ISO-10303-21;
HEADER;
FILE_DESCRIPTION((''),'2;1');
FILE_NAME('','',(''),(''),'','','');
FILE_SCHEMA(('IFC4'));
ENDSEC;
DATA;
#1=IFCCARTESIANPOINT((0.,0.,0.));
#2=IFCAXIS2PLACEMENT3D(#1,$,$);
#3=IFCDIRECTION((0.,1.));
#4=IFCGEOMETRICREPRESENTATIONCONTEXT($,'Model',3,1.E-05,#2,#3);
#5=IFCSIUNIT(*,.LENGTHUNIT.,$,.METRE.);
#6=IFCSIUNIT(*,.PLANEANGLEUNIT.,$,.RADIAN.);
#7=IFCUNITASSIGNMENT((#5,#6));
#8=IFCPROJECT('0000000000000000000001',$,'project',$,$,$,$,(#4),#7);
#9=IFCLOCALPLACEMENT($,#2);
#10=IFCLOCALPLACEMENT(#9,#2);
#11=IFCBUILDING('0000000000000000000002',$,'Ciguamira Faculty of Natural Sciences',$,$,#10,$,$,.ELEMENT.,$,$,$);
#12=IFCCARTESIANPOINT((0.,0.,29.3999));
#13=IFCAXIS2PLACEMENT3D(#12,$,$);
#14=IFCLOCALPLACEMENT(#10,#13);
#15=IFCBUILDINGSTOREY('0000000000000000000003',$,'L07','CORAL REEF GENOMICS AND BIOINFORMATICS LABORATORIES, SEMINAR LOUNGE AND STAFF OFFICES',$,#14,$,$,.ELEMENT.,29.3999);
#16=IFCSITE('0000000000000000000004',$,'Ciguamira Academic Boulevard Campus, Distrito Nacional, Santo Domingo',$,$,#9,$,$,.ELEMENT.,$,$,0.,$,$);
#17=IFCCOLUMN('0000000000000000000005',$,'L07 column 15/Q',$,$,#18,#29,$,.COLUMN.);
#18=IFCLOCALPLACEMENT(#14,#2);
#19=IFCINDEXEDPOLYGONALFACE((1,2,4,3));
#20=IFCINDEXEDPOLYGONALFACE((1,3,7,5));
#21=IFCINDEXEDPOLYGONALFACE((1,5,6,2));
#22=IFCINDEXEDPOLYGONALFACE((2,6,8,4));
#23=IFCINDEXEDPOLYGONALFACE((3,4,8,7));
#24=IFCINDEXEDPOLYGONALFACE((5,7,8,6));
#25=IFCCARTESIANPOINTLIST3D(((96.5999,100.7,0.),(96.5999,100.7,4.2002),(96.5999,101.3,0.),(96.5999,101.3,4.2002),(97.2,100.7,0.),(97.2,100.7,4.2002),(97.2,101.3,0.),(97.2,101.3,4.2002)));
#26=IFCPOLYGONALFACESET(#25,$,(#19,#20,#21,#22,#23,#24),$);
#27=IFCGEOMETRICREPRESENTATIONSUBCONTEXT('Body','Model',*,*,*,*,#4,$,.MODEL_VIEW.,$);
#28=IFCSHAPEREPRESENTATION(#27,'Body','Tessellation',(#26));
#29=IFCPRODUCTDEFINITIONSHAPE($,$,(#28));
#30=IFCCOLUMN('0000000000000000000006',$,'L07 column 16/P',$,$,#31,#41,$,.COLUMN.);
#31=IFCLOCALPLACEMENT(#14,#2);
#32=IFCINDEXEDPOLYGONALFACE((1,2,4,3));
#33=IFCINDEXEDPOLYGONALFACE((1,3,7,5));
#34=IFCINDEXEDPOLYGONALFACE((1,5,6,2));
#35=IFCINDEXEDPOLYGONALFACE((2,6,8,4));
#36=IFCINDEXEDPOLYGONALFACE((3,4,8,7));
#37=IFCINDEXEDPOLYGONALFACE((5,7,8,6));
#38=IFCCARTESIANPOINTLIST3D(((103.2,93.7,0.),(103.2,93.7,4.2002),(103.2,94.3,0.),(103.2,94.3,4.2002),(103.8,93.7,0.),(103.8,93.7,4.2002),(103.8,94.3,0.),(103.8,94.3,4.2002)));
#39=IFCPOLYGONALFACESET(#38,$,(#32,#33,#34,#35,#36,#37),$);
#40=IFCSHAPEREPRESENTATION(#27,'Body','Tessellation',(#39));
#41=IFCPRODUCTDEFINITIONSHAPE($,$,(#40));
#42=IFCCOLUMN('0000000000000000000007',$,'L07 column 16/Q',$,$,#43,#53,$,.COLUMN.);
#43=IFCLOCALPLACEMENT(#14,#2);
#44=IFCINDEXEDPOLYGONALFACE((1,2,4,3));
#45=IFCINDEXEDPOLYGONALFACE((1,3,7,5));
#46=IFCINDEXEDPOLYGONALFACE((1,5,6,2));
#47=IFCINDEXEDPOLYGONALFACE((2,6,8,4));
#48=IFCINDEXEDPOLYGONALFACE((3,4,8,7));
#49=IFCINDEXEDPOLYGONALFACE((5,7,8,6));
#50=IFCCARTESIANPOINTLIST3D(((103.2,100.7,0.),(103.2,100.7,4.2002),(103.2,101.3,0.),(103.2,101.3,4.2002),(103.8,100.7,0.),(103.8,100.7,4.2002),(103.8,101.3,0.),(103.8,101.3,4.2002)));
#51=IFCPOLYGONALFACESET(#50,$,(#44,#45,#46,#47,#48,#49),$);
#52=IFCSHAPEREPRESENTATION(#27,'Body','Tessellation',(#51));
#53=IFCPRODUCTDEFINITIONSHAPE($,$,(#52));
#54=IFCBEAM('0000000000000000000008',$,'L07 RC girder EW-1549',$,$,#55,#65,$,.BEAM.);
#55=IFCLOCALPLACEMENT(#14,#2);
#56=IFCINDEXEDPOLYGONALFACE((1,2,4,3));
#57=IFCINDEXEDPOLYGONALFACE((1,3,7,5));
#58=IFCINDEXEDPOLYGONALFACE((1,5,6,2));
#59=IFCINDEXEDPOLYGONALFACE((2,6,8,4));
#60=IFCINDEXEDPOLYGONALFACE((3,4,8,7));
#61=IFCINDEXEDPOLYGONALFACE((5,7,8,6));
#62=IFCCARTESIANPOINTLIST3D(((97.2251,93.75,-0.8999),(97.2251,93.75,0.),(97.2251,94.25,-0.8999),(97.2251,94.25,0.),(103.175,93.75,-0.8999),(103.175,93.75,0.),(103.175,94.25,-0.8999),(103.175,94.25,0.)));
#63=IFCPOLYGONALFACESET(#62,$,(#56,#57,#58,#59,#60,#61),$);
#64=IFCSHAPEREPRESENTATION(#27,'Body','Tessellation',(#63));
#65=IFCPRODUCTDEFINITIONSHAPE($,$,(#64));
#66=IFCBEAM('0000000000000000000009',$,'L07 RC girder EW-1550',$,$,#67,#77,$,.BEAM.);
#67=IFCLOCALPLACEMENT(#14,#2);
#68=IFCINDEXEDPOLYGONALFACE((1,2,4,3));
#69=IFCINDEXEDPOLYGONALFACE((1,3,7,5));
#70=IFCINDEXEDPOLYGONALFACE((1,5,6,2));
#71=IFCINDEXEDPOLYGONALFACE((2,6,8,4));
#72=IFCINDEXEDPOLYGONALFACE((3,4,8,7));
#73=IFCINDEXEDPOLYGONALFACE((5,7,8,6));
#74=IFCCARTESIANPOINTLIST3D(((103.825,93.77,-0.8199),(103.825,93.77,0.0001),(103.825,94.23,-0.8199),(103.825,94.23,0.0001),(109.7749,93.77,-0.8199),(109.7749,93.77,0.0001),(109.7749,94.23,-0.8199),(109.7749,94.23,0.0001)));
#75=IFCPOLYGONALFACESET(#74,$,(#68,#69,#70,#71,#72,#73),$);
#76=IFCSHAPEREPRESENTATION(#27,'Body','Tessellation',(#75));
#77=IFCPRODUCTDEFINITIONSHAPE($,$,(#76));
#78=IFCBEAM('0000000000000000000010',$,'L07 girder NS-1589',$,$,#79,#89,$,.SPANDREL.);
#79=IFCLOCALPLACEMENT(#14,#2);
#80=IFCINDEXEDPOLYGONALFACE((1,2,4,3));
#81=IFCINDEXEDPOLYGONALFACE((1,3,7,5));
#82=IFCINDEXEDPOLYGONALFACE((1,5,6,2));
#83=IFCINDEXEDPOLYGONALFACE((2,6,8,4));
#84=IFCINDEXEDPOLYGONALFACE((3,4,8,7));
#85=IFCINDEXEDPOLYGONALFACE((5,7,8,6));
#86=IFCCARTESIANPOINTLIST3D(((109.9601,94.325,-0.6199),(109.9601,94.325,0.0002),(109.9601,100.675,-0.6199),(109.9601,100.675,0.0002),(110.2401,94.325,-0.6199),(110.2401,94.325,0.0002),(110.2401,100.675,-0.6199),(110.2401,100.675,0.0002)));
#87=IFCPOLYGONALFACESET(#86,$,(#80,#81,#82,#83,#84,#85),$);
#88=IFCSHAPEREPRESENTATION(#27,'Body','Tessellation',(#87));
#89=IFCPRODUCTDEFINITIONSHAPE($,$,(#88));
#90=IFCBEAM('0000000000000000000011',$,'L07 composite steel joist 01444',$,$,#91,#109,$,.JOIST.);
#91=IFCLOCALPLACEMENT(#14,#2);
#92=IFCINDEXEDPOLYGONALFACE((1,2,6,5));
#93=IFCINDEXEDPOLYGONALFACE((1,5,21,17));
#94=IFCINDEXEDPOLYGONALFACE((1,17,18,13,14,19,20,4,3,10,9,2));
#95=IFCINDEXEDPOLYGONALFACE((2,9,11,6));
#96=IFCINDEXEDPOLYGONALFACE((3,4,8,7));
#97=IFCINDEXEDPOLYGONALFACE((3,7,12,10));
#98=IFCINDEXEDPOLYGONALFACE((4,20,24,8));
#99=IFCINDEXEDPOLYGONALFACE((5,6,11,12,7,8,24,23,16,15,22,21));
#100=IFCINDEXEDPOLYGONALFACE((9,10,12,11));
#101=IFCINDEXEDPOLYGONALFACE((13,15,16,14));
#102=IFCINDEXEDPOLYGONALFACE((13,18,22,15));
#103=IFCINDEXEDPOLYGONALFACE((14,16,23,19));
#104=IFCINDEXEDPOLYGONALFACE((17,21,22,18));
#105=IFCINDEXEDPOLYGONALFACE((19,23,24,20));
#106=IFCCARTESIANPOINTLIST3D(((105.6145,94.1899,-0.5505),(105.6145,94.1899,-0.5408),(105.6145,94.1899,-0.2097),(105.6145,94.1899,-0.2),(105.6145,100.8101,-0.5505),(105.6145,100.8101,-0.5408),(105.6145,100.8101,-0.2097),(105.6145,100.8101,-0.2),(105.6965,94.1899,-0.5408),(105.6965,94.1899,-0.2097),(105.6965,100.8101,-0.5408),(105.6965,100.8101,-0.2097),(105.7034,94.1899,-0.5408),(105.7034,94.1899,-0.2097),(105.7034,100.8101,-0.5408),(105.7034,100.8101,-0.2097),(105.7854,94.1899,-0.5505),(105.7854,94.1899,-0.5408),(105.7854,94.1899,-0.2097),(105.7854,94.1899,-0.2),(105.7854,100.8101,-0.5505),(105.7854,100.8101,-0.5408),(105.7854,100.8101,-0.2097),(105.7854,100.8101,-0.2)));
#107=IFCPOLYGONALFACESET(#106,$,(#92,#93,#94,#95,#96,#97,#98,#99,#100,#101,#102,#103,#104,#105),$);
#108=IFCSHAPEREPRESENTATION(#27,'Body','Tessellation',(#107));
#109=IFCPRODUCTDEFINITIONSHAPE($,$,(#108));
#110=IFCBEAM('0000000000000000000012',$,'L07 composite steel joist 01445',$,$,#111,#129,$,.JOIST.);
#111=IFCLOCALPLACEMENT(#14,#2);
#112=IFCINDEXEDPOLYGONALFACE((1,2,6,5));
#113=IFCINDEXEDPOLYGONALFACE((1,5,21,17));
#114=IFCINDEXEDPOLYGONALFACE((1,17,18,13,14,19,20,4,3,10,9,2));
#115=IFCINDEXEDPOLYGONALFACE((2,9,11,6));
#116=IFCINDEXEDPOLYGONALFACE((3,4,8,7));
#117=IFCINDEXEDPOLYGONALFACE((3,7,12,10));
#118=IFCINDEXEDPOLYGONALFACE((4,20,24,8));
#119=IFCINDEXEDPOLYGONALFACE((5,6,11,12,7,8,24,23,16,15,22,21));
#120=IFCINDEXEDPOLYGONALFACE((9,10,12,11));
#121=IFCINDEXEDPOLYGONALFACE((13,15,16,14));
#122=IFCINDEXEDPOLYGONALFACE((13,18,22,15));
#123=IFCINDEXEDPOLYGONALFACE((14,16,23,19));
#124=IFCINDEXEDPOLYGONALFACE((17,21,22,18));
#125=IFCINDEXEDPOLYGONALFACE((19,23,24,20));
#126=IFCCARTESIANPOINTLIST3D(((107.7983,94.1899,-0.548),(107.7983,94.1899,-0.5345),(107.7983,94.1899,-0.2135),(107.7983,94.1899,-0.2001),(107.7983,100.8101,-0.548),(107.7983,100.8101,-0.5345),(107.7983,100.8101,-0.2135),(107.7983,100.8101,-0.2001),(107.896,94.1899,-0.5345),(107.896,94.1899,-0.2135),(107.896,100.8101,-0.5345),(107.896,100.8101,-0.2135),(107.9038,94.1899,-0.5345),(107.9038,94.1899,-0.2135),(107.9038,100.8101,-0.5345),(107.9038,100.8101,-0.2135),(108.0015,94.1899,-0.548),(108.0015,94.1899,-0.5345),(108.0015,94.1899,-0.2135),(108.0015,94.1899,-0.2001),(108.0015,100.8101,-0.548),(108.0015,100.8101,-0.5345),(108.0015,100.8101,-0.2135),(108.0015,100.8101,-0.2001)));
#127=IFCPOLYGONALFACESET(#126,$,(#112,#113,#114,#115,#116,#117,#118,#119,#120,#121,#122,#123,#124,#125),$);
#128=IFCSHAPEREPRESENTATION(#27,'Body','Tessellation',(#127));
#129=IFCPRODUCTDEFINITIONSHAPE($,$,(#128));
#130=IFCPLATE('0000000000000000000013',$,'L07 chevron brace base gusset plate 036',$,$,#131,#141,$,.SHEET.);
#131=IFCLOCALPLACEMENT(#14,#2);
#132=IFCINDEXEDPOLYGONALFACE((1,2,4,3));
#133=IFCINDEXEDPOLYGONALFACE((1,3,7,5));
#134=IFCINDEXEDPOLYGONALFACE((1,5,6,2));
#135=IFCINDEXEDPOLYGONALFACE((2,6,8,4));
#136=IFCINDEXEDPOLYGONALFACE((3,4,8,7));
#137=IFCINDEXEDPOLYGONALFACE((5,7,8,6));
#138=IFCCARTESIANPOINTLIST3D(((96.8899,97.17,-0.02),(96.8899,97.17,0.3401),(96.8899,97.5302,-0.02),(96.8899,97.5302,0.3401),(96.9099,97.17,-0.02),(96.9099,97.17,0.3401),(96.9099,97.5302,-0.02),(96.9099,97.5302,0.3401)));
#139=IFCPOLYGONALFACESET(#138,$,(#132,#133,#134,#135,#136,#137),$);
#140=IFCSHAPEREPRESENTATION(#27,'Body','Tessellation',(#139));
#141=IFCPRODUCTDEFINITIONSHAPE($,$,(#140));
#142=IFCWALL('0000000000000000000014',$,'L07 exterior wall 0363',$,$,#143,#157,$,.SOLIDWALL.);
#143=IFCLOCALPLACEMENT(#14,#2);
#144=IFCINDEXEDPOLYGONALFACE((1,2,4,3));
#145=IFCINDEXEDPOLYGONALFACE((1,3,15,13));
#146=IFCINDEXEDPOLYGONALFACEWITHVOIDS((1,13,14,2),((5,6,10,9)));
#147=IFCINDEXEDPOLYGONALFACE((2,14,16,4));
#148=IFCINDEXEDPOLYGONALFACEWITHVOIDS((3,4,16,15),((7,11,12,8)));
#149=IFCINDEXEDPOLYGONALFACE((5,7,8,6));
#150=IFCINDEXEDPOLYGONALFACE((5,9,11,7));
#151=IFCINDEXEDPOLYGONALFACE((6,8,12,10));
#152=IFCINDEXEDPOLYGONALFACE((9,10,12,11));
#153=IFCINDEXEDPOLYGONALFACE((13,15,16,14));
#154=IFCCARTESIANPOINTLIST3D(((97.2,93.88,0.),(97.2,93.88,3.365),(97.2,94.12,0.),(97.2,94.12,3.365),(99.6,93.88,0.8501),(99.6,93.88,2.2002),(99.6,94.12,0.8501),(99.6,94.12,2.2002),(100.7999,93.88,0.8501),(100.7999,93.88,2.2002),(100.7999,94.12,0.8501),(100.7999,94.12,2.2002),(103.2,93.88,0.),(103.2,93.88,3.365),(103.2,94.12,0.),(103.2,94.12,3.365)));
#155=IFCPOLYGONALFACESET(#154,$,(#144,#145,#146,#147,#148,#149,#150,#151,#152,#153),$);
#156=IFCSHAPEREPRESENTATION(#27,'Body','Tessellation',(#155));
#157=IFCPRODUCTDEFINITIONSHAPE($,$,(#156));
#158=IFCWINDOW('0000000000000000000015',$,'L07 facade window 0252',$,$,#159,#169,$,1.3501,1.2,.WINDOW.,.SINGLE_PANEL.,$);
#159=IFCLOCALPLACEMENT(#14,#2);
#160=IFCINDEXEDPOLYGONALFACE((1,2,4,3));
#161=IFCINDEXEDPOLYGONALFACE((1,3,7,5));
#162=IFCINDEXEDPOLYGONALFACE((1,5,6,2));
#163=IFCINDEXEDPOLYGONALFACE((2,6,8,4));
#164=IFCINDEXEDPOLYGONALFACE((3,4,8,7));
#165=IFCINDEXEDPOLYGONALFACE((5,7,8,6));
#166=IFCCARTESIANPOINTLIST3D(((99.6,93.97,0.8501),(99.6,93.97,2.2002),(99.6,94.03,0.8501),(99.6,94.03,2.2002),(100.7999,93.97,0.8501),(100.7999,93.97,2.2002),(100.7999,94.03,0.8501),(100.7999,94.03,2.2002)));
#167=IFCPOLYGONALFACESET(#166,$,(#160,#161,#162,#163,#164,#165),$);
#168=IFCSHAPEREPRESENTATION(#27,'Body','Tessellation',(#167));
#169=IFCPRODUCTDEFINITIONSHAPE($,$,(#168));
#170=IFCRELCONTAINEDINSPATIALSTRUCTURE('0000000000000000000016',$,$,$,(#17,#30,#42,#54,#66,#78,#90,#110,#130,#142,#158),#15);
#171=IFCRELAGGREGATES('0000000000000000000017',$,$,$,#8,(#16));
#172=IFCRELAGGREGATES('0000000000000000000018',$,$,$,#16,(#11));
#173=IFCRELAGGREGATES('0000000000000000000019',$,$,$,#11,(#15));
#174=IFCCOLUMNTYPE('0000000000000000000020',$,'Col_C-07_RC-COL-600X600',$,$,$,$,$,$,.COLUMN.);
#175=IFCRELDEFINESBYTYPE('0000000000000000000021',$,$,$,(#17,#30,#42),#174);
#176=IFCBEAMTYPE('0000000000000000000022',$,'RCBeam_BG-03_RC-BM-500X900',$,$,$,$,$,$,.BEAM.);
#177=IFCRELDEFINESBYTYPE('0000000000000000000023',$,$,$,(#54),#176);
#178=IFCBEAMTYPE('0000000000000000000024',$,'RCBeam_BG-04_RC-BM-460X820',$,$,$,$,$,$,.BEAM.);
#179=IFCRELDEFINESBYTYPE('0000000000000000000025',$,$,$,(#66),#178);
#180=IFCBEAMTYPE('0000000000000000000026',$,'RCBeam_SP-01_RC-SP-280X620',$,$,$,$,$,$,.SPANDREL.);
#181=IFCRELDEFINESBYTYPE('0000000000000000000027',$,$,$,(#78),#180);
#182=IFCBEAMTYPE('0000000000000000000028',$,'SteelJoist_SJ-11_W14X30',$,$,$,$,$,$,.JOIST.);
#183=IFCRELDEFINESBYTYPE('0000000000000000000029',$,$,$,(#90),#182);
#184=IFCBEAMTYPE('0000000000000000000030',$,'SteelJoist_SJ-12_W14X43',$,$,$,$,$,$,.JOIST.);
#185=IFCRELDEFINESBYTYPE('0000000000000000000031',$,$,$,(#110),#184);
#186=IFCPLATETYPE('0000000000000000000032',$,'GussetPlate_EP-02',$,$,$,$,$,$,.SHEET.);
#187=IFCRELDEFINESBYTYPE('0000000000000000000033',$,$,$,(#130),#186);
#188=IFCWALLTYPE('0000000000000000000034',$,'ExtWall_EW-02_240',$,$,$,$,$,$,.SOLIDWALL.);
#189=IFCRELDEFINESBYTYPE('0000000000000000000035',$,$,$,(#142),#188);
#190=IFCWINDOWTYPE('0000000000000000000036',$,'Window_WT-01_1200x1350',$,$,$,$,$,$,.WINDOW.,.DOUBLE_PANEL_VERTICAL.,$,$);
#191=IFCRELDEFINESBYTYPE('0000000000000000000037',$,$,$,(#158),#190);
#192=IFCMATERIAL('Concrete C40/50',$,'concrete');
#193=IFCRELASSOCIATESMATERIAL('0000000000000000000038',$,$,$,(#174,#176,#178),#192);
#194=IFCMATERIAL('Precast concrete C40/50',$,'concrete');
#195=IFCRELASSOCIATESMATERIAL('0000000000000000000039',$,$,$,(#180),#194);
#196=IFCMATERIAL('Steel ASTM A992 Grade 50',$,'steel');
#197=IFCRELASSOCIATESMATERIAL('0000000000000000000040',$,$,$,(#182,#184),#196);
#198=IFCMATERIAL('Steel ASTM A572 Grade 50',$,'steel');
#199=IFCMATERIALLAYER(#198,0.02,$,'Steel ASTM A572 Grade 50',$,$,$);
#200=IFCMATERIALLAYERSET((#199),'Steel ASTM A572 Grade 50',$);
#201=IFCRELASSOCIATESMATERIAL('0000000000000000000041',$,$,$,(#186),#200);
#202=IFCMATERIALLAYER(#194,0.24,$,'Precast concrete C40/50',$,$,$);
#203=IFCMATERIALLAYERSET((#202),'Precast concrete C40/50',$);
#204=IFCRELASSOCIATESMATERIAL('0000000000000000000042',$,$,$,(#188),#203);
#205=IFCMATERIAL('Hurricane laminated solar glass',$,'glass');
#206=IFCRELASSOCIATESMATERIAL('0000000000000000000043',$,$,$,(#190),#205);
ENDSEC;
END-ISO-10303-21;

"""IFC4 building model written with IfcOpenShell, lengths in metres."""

from ifc_helpers import new_model, si_unit, direction, frame, frame_2d, origin, origin_2d, place, context, subcontext, project, spatial, rectangle, i_section, extrude, material, layer, layer_set, material_profile, profile_set, type_object, element, fill, save


model = new_model("IFC4")

# Units and contexts
model_context = context("Model", 3, precision=1e-05, world=origin(), true_north=direction((0.0, 1.0)))
body_context = subcontext(model_context, "Body", "Model", "MODEL_VIEW")
ifc_project = project(units=[si_unit("LENGTHUNIT", "METRE"), si_unit("PLANEANGLEUNIT", "RADIAN")], contexts=[model_context])

# Site, building, storey
site_placement = place(None, origin())
site = spatial("IfcSite", under=ifc_project, at=site_placement, Name="Ciguamira Academic Boulevard Campus, Distrito Nacional, Santo Domingo", CompositionType="ELEMENT", RefElevation=0.0)
building_placement = place(site_placement, origin())
building = spatial("IfcBuilding", under=site, at=building_placement, Name="Ciguamira Faculty of Natural Sciences", CompositionType="ELEMENT")
storey_placement = place(building_placement, frame((0.0, 0.0, 29.3999)))
storey = spatial("IfcBuildingStorey", under=building, at=storey_placement, Name="L07", Description="CORAL REEF GENOMICS AND BIOINFORMATICS LABORATORIES, SEMINAR LOUNGE AND STAFF OFFICES", CompositionType="ELEMENT", Elevation=29.3999)

# Columns
ifc_material_1 = material(Name="Concrete C40/50", Category="concrete")
ifc_material_profile_1 = material_profile(ifc_material_1, rectangle(XDim=0.6001, YDim=0.6001, at=origin_2d()), Name="RC-COL-600X600")
ifc_profile_set_1 = profile_set([ifc_material_profile_1], Name="Concrete C40/50")
column_type = type_object("IfcColumnType", Name="Col_C-07_RC-COL-600X600", PredefinedType="COLUMN", material=ifc_profile_set_1)
for number, where, z_axis, x_axis, name in (
    (1, (96.8999, 101.0, 0.0), (0.0, 0.0, 1.0), (1.0, 0.0, 0.0), "L07 column 15/Q"),
    (2, (103.5, 94.0, 0.0), (0.0, 0.0, 1.0), (1.0, 0.0, 0.0), "L07 column 16/P"),
    (3, (103.5, 101.0, 0.0), (0.0, 0.0, 1.0), (1.0, 0.0, 0.0), "L07 column 16/Q"),
):
    element("IfcColumn", number, at=place(storey_placement, frame(where, z_axis=z_axis, x_axis=x_axis)), inside=storey, type_object=column_type, Name=name, PredefinedType="COLUMN", context=body_context, shape_type="SweptSolid", body=[
        extrude(rectangle(XDim=0.6001, YDim=0.6001, at=origin_2d()), origin(), (0.0, 0.0, 1.0), 4.2002),
    ])

# Beams
ifc_material_profile_2 = material_profile(ifc_material_1, rectangle(XDim=0.5, YDim=0.8999, at=origin_2d()), Name="RC-BM-500X900")
ifc_profile_set_2 = profile_set([ifc_material_profile_2], Name="Concrete C40/50")
beam_type_1 = type_object("IfcBeamType", Name="RCBeam_BG-03_RC-BM-500X900", PredefinedType="BEAM", material=ifc_profile_set_2)
beam_1_placement = place(storey_placement, frame((97.2251, 94.0, -0.45), z_axis=(1.0, 0.0, 0.0), x_axis=(0.0, 1.0, 0.0)))
element("IfcBeam", 4, at=beam_1_placement, inside=storey, type_object=beam_type_1, Name="L07 RC girder EW-1549", PredefinedType="BEAM", context=body_context, shape_type="SweptSolid", body=[
    extrude(rectangle(XDim=0.5, YDim=0.8999, at=origin_2d()), origin(), (0.0, 0.0, 1.0), 5.95),
])
ifc_material_profile_3 = material_profile(ifc_material_1, rectangle(XDim=0.46, YDim=0.8201, at=origin_2d()), Name="RC-BM-460X820")
ifc_profile_set_3 = profile_set([ifc_material_profile_3], Name="Concrete C40/50")
beam_type_2 = type_object("IfcBeamType", Name="RCBeam_BG-04_RC-BM-460X820", PredefinedType="BEAM", material=ifc_profile_set_3)
beam_2_placement = place(storey_placement, frame((103.825, 94.0, -0.4099), z_axis=(1.0, 0.0, 0.0), x_axis=(0.0, 1.0, 0.0)))
element("IfcBeam", 5, at=beam_2_placement, inside=storey, type_object=beam_type_2, Name="L07 RC girder EW-1550", PredefinedType="BEAM", context=body_context, shape_type="SweptSolid", body=[
    extrude(rectangle(XDim=0.46, YDim=0.8201, at=origin_2d()), origin(), (0.0, 0.0, 1.0), 5.95),
])
ifc_material_2 = material(Name="Precast concrete C40/50", Category="concrete")
ifc_material_profile_4 = material_profile(ifc_material_2, rectangle(XDim=0.28, YDim=0.6201, at=origin_2d()), Name="RC-SP-280X620")
ifc_profile_set_4 = profile_set([ifc_material_profile_4], Name="Precast concrete C40/50")
beam_type_3 = type_object("IfcBeamType", Name="RCBeam_SP-01_RC-SP-280X620", PredefinedType="SPANDREL", material=ifc_profile_set_4)
beam_3_placement = place(storey_placement, frame((110.1001, 94.325, -0.3098), z_axis=(0.0, 1.0, 0.0), x_axis=(-1.0, 0.0, 0.0)))
element("IfcBeam", 6, at=beam_3_placement, inside=storey, type_object=beam_type_3, Name="L07 girder NS-1589", PredefinedType="SPANDREL", context=body_context, shape_type="SweptSolid", body=[
    extrude(rectangle(XDim=0.28, YDim=0.6201, at=origin_2d()), origin(), (0.0, 0.0, 1.0), 6.3501),
])
ifc_material_3 = material(Name="Steel ASTM A992 Grade 50", Category="steel")
ifc_material_profile_5 = material_profile(ifc_material_3, i_section(OverallWidth=0.1709, OverallDepth=0.3506, WebThickness=0.0068, FlangeThickness=0.0098, at=origin_2d()), Name="W14X30")
ifc_profile_set_5 = profile_set([ifc_material_profile_5], Name="Steel ASTM A992 Grade 50")
beam_type_4 = type_object("IfcBeamType", Name="SteelJoist_SJ-11_W14X30", PredefinedType="JOIST", material=ifc_profile_set_5)
beam_4_placement = place(storey_placement, frame((105.7, 94.1899, -0.3752), z_axis=(0.0, 1.0, 0.0), x_axis=(-1.0, 0.0, 0.0)))
element("IfcBeam", 7, at=beam_4_placement, inside=storey, type_object=beam_type_4, Name="L07 composite steel joist 01444", PredefinedType="JOIST", context=body_context, shape_type="SweptSolid", body=[
    extrude(i_section(OverallWidth=0.1709, OverallDepth=0.3506, WebThickness=0.0068, FlangeThickness=0.0098, at=origin_2d()), origin(), (0.0, 0.0, 1.0), 6.6201),
])
ifc_material_profile_6 = material_profile(ifc_material_3, i_section(OverallWidth=0.2031, OverallDepth=0.3479, WebThickness=0.0078, FlangeThickness=0.0134, at=origin_2d()), Name="W14X43")
ifc_profile_set_6 = profile_set([ifc_material_profile_6], Name="Steel ASTM A992 Grade 50")
beam_type_5 = type_object("IfcBeamType", Name="SteelJoist_SJ-12_W14X43", PredefinedType="JOIST", material=ifc_profile_set_6)
beam_5_placement = place(storey_placement, frame((107.8999, 94.1899, -0.374), z_axis=(0.0, 1.0, 0.0), x_axis=(-1.0, 0.0, 0.0)))
element("IfcBeam", 8, at=beam_5_placement, inside=storey, type_object=beam_type_5, Name="L07 composite steel joist 01445", PredefinedType="JOIST", context=body_context, shape_type="SweptSolid", body=[
    extrude(i_section(OverallWidth=0.2031, OverallDepth=0.3479, WebThickness=0.0078, FlangeThickness=0.0134, at=origin_2d()), origin(), (0.0, 0.0, 1.0), 6.6201),
])

# Plate
ifc_material_4 = material(Name="Steel ASTM A572 Grade 50", Category="steel")
ifc_layer_1 = layer(ifc_material_4, 0.02, Name="Steel ASTM A572 Grade 50")
ifc_layer_set_1 = layer_set([ifc_layer_1], Name="Steel ASTM A572 Grade 50")
plate_type = type_object("IfcPlateType", Name="GussetPlate_EP-02", PredefinedType="SHEET", material=ifc_layer_set_1)
plate_placement = place(storey_placement, frame((96.8999, 97.3501, -0.02), z_axis=(0.0, 0.0, 1.0), x_axis=(1.0, 0.0, 0.0)))
element("IfcPlate", 9, at=plate_placement, inside=storey, type_object=plate_type, Name="L07 chevron brace base gusset plate 036", PredefinedType="SHEET", context=body_context, shape_type="SweptSolid", body=[
    extrude(rectangle(XDim=0.02, YDim=0.3601, at=origin_2d()), origin(), (0.0, 0.0, 1.0), 0.3601),
])

# Wall, opening, window
ifc_layer_2 = layer(ifc_material_2, 0.24, Name="Precast concrete C40/50")
ifc_layer_set_2 = layer_set([ifc_layer_2], Name="Precast concrete C40/50")
wall_type_1 = type_object("IfcWallType", Name="ExtWall_EW-02_240", PredefinedType="SOLIDWALL", material=ifc_layer_set_2)
wall_1_placement = place(storey_placement, frame((97.2, 94.0, 0.0), z_axis=(0.0, 0.0, 1.0), x_axis=(1.0, 0.0, 0.0)))
wall_1 = element("IfcWall", 10, at=wall_1_placement, inside=storey, type_object=wall_type_1, Name="L07 exterior wall 0363", PredefinedType="SOLIDWALL", context=body_context, shape_type="SweptSolid", body=[
    extrude(rectangle(XDim=6.0, YDim=0.24, at=frame_2d((3.0, 0.0))), origin(), (0.0, 0.0, 1.0), 3.365),
])
opening_1_placement = place(wall_1_placement, frame((2.3999, 0.0, 0.8501)))
opening_1 = element("IfcOpeningElement", 11, at=opening_1_placement, cuts=wall_1, PredefinedType="OPENING", context=body_context, shape_type="SweptSolid", body=[
    extrude(rectangle(XDim=1.2, YDim=1.3501, at=frame_2d((0.6001, 0.675))), frame((0.0, 0.1299, 0.0), z_axis=(0.0, -1.0, 0.0), x_axis=(1.0, 0.0, 0.0)), (0.0, 0.0, 1.0), 0.26),
])
ifc_material_5 = material(Name="Hurricane laminated solar glass", Category="glass")
window_type = type_object("IfcWindowType", Name="Window_WT-01_1200x1350", PartitioningType="DOUBLE_PANEL_VERTICAL", PredefinedType="WINDOW", material=ifc_material_5)
window_placement = place(opening_1_placement, origin())
window = element("IfcWindow", 12, at=window_placement, inside=storey, type_object=window_type, Name="L07 facade window 0252", OverallHeight=1.3501, OverallWidth=1.2, PartitioningType="SINGLE_PANEL", PredefinedType="WINDOW", context=body_context, shape_type="SweptSolid", body=[
    extrude(rectangle(XDim=1.2, YDim=1.3501, at=frame_2d((0.6001, 0.675))), frame((0.0, 0.03, 0.0), z_axis=(0.0, -1.0, 0.0), x_axis=(1.0, 0.0, 0.0)), (0.0, 0.0, 1.0), 0.0601),
])
fill(opening_1, window)

save(model, "model.ifc")
